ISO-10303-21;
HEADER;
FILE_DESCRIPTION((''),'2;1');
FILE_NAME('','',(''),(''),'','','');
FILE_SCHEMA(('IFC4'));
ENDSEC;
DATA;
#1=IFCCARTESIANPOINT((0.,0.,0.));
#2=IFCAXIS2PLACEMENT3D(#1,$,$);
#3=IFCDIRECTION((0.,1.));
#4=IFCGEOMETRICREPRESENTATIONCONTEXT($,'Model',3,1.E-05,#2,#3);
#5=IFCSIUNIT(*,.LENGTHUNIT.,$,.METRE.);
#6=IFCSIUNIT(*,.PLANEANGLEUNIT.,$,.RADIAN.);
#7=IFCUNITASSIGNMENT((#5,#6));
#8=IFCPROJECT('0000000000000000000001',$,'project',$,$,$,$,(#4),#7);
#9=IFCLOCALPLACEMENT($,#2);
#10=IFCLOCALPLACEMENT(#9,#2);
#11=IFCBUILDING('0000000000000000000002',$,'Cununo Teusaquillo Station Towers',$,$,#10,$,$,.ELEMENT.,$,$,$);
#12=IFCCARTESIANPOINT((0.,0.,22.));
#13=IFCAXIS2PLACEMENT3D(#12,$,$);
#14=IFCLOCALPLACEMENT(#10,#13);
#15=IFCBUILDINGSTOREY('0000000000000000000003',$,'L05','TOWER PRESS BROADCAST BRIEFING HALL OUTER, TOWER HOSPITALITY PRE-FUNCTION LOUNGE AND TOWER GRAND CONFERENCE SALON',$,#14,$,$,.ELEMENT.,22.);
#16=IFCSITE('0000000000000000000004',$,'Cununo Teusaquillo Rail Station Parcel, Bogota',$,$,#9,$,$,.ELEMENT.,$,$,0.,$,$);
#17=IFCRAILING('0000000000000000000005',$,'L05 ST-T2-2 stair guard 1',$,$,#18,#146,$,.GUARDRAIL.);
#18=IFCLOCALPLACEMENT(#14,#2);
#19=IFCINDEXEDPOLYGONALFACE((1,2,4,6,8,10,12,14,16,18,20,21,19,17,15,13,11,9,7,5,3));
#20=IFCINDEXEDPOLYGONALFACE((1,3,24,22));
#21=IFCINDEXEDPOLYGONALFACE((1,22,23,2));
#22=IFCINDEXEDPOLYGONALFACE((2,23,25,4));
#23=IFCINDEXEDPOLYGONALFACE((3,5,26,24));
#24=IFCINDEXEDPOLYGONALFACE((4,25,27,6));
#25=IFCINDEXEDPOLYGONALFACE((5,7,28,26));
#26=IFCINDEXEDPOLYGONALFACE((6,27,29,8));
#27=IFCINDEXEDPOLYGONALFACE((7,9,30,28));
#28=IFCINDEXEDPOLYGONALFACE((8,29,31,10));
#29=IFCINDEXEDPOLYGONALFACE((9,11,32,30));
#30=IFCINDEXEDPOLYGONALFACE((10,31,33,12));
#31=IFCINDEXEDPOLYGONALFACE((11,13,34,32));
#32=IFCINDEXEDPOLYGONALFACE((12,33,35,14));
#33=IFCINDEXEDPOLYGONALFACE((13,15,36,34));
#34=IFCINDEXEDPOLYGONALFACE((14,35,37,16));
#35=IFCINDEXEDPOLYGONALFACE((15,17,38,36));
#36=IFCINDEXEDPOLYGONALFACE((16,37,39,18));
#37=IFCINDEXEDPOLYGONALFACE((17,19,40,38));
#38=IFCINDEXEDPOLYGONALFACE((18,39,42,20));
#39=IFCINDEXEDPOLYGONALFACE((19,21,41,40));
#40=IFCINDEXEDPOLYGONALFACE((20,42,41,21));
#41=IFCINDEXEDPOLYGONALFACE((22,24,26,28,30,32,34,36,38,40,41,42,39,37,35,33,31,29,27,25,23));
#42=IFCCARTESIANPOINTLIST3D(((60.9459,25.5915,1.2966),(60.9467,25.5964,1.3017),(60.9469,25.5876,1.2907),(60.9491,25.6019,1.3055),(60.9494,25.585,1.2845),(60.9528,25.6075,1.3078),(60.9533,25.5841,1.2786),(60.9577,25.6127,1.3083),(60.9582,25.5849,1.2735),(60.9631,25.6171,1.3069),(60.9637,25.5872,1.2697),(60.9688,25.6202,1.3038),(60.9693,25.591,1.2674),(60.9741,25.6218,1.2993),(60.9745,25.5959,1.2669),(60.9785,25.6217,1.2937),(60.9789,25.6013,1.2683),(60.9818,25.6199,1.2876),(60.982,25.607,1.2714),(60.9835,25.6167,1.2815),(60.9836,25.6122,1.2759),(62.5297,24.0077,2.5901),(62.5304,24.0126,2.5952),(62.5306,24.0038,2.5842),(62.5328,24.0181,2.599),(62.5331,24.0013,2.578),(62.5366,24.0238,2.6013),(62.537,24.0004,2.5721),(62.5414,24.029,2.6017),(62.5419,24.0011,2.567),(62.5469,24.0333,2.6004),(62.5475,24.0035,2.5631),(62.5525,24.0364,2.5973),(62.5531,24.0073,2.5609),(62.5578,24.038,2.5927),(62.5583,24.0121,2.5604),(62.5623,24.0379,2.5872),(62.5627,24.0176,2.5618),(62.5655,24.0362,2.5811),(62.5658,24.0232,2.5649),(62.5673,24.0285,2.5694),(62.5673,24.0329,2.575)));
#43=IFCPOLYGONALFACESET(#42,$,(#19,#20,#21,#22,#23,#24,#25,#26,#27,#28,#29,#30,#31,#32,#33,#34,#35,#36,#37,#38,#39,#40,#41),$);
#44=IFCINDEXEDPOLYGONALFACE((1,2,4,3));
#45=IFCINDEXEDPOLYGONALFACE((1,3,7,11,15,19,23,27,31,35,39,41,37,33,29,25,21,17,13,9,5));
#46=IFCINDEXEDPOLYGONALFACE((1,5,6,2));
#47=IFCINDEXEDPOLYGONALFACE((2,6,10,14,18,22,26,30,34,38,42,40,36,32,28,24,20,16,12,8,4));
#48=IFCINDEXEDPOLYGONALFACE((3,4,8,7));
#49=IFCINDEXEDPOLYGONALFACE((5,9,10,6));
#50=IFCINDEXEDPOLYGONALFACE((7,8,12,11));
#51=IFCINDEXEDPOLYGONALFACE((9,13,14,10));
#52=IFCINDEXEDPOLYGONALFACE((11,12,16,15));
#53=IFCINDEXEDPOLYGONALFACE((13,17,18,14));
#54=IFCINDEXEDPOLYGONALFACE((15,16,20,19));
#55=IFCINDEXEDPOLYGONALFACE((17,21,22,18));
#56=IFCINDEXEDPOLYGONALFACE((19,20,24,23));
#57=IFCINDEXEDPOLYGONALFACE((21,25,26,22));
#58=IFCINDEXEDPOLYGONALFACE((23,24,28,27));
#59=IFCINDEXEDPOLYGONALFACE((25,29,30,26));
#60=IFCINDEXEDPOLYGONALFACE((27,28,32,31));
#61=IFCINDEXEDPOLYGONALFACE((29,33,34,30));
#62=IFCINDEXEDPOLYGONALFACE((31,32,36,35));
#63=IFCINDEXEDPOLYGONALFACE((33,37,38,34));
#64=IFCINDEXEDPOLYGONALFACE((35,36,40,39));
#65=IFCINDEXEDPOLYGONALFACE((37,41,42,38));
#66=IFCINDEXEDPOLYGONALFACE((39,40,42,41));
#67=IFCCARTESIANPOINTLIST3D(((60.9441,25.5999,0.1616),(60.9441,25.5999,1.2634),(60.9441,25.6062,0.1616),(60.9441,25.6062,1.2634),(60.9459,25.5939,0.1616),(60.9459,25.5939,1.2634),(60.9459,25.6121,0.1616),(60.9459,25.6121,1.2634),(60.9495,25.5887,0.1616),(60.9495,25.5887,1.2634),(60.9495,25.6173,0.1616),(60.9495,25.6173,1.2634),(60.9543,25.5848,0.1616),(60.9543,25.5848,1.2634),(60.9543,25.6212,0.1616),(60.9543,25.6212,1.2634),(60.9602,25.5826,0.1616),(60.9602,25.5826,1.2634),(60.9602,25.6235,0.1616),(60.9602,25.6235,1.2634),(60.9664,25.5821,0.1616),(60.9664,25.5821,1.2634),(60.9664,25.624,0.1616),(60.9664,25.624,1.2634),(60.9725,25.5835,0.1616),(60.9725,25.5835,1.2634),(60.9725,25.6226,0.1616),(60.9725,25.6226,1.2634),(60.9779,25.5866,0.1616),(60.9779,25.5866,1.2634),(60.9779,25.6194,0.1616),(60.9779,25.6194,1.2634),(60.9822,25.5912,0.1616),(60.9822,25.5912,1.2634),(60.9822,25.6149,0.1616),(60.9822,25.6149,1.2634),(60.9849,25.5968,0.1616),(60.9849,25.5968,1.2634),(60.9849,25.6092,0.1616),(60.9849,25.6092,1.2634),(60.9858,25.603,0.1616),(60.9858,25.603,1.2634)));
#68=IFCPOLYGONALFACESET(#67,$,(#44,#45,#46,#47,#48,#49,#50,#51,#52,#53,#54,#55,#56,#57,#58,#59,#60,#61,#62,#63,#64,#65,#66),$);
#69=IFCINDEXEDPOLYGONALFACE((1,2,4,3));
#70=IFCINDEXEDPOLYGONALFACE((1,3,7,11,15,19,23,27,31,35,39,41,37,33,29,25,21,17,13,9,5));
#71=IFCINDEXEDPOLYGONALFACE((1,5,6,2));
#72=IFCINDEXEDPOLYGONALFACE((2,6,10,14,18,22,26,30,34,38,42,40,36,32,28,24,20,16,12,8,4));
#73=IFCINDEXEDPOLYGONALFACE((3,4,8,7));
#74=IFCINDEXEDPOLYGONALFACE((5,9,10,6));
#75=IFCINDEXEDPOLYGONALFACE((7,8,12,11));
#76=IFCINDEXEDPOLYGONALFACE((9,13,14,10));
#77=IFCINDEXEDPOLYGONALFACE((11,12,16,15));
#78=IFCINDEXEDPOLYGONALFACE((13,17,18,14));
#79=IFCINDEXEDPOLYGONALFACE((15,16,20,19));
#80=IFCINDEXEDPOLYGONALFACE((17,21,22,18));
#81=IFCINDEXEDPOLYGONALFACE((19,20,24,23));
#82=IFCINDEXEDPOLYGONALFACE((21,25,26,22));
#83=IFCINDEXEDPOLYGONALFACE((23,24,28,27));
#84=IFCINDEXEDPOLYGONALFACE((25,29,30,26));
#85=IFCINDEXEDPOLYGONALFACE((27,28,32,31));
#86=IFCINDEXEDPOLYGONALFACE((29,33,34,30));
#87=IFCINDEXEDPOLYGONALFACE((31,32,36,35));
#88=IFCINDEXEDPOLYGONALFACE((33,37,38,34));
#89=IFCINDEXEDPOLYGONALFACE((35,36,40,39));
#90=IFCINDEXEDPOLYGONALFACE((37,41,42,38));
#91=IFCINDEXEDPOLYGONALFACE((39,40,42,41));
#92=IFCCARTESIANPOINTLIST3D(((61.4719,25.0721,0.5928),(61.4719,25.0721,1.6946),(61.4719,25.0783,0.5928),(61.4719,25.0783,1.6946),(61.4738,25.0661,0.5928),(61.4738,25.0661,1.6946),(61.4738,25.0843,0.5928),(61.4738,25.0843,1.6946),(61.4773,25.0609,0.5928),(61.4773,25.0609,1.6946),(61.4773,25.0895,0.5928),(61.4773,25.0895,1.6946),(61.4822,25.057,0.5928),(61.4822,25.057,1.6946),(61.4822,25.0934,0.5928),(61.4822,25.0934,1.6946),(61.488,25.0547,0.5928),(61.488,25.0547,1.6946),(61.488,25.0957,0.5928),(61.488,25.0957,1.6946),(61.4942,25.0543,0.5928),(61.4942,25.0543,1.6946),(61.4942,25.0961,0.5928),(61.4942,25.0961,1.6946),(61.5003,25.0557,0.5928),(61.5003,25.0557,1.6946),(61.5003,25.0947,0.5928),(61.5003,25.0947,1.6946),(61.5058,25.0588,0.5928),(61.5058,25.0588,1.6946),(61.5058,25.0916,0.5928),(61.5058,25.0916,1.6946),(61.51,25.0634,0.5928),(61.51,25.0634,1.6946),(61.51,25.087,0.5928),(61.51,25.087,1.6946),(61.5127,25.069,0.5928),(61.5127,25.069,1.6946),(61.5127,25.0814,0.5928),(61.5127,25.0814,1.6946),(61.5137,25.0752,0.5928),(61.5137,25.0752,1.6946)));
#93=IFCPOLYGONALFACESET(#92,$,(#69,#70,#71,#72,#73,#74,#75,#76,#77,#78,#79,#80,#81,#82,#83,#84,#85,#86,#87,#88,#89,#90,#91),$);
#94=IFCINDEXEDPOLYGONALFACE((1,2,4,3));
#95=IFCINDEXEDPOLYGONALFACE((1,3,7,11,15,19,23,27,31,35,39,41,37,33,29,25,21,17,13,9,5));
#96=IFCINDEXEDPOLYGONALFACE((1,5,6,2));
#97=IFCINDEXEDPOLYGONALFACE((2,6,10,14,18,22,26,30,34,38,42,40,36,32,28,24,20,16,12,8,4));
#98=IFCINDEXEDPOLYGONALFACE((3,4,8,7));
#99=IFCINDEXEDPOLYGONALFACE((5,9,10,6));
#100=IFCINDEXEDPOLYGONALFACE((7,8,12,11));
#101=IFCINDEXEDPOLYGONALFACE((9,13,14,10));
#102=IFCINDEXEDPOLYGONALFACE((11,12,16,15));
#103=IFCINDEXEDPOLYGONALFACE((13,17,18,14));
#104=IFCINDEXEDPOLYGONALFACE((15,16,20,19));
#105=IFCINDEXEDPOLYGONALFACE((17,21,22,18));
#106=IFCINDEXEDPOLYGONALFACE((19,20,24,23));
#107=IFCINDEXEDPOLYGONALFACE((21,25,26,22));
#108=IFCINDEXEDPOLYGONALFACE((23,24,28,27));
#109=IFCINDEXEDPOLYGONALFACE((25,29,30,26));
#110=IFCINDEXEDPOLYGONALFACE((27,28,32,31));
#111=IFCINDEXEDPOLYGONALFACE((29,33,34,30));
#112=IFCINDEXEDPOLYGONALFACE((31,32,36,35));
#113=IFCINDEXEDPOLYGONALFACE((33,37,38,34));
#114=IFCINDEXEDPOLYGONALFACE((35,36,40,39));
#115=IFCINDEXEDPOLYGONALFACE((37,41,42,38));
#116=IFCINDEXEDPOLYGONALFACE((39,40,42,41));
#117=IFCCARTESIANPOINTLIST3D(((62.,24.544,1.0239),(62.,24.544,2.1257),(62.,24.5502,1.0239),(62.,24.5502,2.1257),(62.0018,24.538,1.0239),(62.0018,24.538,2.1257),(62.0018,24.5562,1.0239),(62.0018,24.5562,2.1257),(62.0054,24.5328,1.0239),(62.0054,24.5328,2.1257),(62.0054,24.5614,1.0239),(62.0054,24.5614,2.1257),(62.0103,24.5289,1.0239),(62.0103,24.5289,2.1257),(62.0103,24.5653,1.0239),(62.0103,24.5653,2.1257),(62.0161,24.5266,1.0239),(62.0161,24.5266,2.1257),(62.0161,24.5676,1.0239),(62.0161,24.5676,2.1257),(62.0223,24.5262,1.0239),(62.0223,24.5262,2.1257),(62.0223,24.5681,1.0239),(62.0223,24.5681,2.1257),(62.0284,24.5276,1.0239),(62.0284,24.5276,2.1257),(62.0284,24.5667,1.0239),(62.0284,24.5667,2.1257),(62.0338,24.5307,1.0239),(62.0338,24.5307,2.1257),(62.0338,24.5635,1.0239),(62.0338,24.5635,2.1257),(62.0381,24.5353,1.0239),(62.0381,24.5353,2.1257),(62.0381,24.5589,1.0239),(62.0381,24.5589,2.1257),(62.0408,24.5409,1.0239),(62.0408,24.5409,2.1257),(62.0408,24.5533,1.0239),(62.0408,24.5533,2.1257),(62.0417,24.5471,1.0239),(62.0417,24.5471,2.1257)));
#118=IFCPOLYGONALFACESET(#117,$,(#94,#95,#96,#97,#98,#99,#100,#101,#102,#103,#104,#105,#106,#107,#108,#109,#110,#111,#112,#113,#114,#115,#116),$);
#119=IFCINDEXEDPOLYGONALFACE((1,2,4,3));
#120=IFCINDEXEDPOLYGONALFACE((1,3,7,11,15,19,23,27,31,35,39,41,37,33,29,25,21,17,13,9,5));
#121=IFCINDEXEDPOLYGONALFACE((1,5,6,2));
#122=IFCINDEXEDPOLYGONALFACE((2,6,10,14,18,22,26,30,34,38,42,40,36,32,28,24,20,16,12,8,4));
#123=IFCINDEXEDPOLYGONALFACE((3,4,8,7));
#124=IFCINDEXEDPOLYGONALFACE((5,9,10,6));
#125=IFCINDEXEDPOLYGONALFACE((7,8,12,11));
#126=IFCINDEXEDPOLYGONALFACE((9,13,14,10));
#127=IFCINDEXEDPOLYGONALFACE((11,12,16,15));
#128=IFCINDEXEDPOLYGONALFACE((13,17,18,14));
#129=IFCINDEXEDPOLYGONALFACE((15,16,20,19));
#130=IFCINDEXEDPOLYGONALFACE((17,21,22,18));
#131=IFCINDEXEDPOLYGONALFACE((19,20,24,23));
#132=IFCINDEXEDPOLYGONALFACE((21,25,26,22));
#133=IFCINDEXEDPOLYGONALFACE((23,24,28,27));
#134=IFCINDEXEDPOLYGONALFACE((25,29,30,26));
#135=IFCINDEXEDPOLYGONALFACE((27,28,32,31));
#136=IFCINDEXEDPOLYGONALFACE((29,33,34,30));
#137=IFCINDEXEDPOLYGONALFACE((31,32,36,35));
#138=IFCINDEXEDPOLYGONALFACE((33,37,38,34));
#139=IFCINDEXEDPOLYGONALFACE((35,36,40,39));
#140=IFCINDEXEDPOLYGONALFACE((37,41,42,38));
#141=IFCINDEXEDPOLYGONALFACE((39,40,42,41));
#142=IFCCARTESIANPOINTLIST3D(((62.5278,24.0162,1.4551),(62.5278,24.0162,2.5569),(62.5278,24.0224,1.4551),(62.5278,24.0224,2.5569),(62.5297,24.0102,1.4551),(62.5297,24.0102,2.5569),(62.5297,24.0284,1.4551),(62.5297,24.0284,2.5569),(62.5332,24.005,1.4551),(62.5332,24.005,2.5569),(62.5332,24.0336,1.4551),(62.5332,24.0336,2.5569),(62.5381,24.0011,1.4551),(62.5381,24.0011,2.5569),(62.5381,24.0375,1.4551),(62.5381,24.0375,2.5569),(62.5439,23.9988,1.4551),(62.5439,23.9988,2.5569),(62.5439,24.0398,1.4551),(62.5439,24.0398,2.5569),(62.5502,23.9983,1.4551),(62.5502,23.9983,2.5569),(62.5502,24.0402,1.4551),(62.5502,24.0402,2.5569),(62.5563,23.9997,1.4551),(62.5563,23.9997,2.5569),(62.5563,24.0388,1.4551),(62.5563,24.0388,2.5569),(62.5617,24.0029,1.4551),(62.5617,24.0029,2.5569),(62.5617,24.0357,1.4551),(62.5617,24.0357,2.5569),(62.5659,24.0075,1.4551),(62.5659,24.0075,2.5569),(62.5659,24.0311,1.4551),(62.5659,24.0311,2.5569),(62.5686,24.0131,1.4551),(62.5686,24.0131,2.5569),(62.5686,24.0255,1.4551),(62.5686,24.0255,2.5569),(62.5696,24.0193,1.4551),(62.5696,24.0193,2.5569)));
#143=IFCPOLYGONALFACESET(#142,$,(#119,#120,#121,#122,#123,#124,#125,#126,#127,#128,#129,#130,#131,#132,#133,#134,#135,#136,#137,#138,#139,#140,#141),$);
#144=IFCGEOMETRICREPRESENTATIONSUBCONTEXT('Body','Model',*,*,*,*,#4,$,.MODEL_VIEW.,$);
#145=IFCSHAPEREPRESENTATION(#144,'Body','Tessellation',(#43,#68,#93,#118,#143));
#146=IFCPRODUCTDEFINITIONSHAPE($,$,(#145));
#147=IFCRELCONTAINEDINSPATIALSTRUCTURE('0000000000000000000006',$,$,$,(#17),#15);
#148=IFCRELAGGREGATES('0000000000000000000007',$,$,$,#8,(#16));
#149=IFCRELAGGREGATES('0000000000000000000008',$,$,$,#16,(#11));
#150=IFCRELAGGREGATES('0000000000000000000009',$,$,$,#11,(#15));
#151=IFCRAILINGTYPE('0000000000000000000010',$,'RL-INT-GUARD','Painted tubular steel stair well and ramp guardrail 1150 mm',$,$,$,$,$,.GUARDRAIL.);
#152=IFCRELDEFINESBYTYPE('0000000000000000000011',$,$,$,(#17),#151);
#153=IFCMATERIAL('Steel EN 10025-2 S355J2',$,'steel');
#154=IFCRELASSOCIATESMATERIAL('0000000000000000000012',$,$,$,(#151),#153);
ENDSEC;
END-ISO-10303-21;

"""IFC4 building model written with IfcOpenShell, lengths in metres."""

from ifc_helpers import new_model, si_unit, direction, frame, origin, origin_2d, place, context, subcontext, project, spatial, circle, extrude, material, type_object, element, save


model = new_model("IFC4")

# Units and contexts
model_context = context("Model", 3, precision=1e-05, world=origin(), true_north=direction((0.0, 1.0)))
body_context = subcontext(model_context, "Body", "Model", "MODEL_VIEW")
ifc_project = project(units=[si_unit("LENGTHUNIT", "METRE"), si_unit("PLANEANGLEUNIT", "RADIAN")], contexts=[model_context])

# Site, building, storey
site_placement = place(None, origin())
site = spatial("IfcSite", under=ifc_project, at=site_placement, Name="Cununo Teusaquillo Rail Station Parcel, Bogota", CompositionType="ELEMENT", RefElevation=0.0)
building_placement = place(site_placement, origin())
building = spatial("IfcBuilding", under=site, at=building_placement, Name="Cununo Teusaquillo Station Towers", CompositionType="ELEMENT")
storey_placement = place(building_placement, frame((0.0, 0.0, 22.0)))
storey = spatial("IfcBuildingStorey", under=building, at=storey_placement, Name="L05", Description="TOWER PRESS BROADCAST BRIEFING HALL OUTER, TOWER HOSPITALITY PRE-FUNCTION LOUNGE AND TOWER GRAND CONFERENCE SALON", CompositionType="ELEMENT", Elevation=22.0)

# Railing
ifc_material_1 = material(Name="Steel EN 10025-2 S355J2", Category="steel")
railing_type_1 = type_object("IfcRailingType", Name="RL-INT-GUARD", Description="Painted tubular steel stair well and ramp guardrail 1150 mm", PredefinedType="GUARDRAIL", material=ifc_material_1)
railing_1_placement = place(storey_placement, frame((60.9648, 25.603, 0.1616)))
element("IfcRailing", 1, at=railing_1_placement, inside=storey, type_object=railing_type_1, Name="L05 ST-T2-2 stair guard 1", PredefinedType="GUARDRAIL", context=body_context, shape_type="SweptSolid", body=[
    extrude(circle(Radius=0.0239, at=origin_2d()), frame((0.0, 0.0, 1.126), z_axis=(0.612332, -0.612332, 0.500098), x_axis=(0.707107, 0.707107, 0.0)), (0.0, 0.0, 1.0), 2.5864),
    extrude(circle(Radius=0.021, at=origin_2d()), origin(), (0.0, 0.0, 1.0), 1.1018),
    extrude(circle(Radius=0.021, at=origin_2d()), frame((0.5278, -0.5278, 0.4312)), (0.0, 0.0, 1.0), 1.1018),
    extrude(circle(Radius=0.021, at=origin_2d()), frame((1.0559, -1.0559, 0.8623)), (0.0, 0.0, 1.0), 1.1018),
    extrude(circle(Radius=0.021, at=origin_2d()), frame((1.5837, -1.5837, 1.2935)), (0.0, 0.0, 1.0), 1.1018),
])

save(model, "model.ifc")
